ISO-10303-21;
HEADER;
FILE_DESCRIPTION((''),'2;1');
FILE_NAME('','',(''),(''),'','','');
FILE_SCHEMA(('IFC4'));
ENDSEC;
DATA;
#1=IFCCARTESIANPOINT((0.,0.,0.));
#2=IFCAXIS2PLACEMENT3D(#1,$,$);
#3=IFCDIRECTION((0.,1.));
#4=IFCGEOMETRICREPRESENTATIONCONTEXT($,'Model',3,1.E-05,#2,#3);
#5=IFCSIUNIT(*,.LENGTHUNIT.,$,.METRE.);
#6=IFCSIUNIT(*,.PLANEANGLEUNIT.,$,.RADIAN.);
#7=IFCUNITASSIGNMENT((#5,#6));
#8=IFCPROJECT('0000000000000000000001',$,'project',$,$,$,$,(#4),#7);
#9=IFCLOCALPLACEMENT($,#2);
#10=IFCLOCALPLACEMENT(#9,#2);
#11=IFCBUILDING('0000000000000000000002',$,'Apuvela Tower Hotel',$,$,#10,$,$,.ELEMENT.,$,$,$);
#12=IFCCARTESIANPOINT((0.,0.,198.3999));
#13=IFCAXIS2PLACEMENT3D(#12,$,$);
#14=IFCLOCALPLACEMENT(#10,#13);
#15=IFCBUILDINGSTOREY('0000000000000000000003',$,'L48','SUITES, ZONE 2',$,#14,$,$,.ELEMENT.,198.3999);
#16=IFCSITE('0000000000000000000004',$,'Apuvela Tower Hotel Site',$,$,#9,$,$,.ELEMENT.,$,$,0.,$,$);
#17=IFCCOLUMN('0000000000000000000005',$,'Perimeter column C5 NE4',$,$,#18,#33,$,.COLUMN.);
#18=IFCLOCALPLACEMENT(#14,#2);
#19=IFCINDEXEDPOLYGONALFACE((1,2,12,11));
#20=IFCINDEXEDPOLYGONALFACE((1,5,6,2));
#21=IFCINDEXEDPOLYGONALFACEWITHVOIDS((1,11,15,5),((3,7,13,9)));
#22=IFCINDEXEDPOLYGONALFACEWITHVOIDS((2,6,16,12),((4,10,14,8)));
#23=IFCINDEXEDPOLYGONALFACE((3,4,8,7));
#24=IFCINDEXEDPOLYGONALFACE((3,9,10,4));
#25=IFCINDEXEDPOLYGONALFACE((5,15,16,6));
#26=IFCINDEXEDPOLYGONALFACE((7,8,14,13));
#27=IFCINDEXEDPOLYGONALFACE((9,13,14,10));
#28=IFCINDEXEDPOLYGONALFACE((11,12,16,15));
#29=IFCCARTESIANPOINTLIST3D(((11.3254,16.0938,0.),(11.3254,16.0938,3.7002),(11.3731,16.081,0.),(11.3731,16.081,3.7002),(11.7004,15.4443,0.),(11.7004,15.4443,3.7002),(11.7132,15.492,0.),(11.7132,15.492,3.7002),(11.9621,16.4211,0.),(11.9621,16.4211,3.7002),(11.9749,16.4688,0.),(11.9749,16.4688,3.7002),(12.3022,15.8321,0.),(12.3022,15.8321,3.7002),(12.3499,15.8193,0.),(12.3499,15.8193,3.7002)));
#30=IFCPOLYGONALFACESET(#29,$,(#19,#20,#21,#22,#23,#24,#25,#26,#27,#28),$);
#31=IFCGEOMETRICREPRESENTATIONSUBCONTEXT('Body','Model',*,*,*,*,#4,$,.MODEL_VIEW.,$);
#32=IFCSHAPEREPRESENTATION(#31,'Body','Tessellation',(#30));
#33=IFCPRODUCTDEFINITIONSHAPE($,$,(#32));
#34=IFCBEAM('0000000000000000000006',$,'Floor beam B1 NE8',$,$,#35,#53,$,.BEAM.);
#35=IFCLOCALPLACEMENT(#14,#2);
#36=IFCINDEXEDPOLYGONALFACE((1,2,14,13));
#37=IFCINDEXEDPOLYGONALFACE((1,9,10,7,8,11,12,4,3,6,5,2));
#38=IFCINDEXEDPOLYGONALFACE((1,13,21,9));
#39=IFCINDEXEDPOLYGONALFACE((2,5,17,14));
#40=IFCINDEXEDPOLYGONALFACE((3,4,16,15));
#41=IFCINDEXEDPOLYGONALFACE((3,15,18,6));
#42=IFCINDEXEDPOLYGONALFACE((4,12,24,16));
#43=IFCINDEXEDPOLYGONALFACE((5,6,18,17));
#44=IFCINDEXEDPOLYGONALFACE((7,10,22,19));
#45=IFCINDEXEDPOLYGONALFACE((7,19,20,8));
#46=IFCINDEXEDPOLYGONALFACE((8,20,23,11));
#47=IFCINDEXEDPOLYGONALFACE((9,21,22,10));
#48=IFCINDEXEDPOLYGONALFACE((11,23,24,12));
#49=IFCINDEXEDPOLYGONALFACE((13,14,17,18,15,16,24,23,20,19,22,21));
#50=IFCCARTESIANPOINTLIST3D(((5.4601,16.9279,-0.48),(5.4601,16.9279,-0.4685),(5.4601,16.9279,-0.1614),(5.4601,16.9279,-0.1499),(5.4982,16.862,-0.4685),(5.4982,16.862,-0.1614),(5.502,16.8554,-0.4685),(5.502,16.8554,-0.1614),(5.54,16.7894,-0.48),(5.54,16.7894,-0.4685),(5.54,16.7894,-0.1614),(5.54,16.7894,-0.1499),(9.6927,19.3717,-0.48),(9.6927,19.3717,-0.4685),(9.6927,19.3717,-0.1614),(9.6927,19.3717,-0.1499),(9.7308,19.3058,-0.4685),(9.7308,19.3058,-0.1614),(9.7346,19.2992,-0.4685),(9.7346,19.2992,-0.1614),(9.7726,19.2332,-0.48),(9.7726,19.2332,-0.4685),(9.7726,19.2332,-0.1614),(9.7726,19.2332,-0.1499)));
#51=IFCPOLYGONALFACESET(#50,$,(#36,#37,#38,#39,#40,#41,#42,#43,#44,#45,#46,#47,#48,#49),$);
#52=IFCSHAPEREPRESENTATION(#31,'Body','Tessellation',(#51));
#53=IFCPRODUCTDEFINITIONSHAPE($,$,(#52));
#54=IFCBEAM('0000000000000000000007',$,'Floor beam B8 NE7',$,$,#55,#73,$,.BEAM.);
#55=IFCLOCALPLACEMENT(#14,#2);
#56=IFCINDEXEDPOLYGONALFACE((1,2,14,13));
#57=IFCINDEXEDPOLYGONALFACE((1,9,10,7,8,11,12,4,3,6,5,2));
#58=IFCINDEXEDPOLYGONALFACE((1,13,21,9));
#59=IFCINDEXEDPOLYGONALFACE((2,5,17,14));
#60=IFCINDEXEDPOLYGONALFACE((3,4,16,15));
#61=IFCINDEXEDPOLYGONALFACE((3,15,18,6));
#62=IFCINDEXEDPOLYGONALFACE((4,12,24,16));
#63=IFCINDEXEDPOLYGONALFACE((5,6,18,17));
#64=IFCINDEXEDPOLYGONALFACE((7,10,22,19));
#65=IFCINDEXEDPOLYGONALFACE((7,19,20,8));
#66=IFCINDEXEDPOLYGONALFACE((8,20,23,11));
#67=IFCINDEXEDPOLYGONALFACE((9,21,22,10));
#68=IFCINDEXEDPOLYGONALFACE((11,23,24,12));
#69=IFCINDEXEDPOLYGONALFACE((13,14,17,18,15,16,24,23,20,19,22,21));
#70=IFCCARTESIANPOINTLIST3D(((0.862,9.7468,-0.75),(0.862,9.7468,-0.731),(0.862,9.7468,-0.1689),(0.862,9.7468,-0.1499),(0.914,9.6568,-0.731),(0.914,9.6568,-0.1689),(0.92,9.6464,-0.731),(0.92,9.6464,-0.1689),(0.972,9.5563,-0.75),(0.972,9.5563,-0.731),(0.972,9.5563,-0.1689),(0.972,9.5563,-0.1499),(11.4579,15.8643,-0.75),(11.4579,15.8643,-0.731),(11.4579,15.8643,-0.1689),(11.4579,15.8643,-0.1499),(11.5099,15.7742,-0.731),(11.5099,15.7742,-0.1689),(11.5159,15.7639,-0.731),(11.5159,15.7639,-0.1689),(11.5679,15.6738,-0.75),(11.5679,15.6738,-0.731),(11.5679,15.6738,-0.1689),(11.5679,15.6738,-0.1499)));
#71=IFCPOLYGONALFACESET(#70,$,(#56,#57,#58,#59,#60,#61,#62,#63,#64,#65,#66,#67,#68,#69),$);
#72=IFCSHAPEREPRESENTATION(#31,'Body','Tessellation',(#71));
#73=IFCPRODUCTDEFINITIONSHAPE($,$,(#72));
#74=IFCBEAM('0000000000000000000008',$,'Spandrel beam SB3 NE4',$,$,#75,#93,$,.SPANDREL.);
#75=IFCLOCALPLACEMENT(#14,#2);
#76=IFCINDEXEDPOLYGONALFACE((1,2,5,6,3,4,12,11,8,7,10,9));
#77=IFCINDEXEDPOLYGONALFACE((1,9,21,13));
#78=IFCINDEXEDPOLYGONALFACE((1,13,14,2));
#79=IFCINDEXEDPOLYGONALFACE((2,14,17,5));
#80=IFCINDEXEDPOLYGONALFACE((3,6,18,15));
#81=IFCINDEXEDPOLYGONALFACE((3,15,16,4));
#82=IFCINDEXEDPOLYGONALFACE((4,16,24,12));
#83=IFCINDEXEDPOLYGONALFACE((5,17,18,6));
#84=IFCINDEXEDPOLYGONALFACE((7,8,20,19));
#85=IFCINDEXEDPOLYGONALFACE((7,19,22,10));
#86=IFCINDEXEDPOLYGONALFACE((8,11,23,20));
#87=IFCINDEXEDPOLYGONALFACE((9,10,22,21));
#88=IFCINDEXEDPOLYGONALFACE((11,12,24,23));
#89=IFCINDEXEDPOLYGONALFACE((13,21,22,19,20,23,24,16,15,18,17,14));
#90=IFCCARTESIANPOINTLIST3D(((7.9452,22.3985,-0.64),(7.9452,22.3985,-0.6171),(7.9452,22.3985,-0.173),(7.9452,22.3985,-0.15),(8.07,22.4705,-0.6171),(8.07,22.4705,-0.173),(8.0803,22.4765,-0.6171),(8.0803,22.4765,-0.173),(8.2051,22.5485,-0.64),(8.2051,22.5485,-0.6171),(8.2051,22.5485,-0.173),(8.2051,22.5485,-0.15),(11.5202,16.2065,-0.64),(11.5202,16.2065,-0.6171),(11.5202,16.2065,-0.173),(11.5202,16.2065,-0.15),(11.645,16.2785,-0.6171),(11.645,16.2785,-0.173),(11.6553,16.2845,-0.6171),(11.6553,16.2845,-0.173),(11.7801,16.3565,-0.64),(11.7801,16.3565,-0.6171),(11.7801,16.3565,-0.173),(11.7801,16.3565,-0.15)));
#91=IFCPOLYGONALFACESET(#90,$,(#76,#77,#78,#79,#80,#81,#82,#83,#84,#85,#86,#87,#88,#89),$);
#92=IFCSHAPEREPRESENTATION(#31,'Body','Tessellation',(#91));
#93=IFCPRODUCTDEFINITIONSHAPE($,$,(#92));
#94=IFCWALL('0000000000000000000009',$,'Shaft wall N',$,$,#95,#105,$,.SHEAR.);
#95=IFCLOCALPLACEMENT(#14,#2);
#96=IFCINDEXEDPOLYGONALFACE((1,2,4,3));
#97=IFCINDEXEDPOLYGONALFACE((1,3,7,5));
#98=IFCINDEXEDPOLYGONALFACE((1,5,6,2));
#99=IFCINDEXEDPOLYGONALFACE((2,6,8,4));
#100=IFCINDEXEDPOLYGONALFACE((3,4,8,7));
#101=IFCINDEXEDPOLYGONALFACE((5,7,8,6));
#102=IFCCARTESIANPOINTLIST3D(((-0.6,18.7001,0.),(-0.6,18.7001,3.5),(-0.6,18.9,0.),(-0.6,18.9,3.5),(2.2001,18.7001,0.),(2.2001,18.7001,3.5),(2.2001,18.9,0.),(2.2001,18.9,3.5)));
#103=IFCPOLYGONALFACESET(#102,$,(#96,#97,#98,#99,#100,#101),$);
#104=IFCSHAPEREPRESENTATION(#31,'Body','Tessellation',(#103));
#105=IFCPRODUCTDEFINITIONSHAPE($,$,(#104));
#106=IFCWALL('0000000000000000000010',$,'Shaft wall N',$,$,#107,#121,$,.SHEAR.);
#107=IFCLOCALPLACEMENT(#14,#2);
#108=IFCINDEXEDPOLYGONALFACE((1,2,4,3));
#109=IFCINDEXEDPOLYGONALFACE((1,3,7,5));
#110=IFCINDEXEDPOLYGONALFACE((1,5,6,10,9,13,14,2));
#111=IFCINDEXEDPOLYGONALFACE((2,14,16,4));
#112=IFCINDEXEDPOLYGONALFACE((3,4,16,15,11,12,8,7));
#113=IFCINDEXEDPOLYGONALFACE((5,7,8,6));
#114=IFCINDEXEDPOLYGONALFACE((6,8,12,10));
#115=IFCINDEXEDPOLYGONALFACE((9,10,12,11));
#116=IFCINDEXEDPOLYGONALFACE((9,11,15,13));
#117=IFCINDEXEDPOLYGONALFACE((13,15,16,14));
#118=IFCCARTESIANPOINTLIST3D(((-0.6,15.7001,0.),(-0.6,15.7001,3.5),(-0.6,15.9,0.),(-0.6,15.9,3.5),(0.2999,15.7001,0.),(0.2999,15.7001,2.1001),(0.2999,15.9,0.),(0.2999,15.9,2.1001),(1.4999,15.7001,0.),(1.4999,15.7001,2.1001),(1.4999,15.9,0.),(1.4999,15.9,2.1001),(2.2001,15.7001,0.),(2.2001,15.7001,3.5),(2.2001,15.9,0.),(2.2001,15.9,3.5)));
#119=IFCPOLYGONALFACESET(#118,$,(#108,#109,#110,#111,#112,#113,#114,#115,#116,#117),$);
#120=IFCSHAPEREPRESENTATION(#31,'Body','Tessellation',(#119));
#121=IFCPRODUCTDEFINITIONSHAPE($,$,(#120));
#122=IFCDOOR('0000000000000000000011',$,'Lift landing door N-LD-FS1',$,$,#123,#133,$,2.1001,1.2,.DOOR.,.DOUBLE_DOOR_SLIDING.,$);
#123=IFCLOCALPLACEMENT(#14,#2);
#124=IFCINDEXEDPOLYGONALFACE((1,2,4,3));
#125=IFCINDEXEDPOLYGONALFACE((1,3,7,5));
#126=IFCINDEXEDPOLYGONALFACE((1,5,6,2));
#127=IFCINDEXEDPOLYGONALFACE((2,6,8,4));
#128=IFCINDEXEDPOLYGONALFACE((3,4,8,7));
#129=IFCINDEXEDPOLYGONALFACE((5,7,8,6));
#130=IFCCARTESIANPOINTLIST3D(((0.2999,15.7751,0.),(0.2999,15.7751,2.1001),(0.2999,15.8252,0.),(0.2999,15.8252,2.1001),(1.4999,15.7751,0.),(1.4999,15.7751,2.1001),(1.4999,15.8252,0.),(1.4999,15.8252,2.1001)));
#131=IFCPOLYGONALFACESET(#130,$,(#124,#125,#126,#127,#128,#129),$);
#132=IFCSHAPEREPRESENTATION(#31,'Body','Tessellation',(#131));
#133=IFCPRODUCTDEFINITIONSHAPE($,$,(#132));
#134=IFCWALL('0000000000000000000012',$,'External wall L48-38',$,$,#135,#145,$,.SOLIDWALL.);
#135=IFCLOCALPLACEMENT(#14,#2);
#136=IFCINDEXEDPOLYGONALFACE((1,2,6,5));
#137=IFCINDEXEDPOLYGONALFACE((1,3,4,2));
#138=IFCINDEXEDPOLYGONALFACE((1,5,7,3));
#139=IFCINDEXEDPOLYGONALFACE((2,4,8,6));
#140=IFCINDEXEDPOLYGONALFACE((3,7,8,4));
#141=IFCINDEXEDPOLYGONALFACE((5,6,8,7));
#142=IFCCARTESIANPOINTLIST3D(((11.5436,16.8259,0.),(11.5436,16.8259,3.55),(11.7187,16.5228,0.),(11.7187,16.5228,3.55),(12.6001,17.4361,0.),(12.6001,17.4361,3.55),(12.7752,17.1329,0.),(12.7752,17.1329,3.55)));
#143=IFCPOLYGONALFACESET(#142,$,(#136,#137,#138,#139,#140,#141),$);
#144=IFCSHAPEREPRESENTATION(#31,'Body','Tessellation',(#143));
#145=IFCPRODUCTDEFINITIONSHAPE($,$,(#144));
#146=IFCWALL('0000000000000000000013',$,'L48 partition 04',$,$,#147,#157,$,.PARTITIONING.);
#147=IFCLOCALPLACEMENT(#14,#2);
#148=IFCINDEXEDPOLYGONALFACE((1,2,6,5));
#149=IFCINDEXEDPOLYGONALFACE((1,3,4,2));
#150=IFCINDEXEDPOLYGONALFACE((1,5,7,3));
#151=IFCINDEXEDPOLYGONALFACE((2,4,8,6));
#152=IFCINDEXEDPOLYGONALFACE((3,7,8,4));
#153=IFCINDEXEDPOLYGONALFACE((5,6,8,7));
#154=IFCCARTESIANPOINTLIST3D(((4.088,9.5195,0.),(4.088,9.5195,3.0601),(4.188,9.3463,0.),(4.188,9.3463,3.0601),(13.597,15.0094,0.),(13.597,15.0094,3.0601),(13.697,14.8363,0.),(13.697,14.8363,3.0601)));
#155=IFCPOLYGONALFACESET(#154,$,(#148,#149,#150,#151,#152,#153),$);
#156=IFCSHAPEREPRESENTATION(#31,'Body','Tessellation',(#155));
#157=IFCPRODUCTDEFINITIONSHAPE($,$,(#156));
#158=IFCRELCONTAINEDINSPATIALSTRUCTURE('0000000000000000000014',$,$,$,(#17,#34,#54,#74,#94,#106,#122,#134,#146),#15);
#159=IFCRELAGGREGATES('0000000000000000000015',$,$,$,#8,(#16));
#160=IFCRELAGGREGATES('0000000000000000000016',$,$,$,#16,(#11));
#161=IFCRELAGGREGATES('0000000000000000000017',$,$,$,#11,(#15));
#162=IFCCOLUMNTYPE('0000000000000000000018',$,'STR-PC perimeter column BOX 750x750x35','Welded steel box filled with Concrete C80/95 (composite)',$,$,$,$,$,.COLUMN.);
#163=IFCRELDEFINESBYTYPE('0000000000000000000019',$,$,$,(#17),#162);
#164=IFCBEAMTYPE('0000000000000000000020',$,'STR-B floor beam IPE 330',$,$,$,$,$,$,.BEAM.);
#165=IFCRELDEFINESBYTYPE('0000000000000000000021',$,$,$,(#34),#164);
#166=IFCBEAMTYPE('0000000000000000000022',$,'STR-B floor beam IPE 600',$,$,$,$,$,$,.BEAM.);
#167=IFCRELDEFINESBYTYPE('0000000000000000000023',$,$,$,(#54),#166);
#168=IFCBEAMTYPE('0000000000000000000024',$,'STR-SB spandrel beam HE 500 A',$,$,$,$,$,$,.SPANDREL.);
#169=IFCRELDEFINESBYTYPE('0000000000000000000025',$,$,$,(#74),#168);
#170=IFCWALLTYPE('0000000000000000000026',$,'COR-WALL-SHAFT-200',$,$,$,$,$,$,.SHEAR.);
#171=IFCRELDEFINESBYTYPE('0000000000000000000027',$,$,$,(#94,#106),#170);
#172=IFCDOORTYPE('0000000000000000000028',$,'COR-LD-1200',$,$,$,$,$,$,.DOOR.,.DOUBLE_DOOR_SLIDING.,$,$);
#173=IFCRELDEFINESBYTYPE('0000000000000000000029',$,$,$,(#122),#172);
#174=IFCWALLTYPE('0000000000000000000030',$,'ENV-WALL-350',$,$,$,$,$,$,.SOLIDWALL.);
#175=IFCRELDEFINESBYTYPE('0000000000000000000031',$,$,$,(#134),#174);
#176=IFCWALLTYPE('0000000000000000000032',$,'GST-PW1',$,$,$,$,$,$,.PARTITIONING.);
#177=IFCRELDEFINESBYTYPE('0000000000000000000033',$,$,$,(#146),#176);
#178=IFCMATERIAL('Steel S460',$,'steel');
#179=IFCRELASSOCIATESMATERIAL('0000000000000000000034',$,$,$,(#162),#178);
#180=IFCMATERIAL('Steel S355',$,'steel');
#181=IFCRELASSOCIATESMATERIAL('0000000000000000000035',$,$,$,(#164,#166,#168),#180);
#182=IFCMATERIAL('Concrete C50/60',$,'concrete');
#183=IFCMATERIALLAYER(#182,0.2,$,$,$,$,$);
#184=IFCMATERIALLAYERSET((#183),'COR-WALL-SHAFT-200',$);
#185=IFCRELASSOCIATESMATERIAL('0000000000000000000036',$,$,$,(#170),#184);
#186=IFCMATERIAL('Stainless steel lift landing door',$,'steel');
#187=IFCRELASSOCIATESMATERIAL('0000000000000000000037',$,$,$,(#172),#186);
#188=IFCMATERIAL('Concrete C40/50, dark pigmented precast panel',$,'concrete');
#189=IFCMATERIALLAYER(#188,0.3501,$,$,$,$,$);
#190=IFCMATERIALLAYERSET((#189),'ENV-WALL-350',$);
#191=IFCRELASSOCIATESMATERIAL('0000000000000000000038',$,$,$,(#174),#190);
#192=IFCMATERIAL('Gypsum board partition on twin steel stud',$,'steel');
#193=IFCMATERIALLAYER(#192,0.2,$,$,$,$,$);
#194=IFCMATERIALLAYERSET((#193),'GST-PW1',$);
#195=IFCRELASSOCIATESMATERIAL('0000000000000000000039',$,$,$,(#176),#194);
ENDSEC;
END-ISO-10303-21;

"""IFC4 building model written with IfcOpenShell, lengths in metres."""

from ifc_helpers import new_model, si_unit, direction, frame, frame_2d, origin, origin_2d, place, context, subcontext, project, spatial, rectangle, hollow_rectangle, i_section, extrude, material, layer, layer_set, material_profile, profile_set, type_object, element, fill, save


model = new_model("IFC4")

# Units and contexts
model_context = context("Model", 3, precision=1e-05, world=origin(), true_north=direction((0.0, 1.0)))
body_context = subcontext(model_context, "Body", "Model", "MODEL_VIEW")
ifc_project = project(units=[si_unit("LENGTHUNIT", "METRE"), si_unit("PLANEANGLEUNIT", "RADIAN")], contexts=[model_context])

# Site, building, storey
site_placement = place(None, origin())
site = spatial("IfcSite", under=ifc_project, at=site_placement, Name="Apuvela Tower Hotel Site", CompositionType="ELEMENT", RefElevation=0.0)
building_placement = place(site_placement, origin())
building = spatial("IfcBuilding", under=site, at=building_placement, Name="Apuvela Tower Hotel", CompositionType="ELEMENT")
storey_placement = place(building_placement, frame((0.0, 0.0, 198.3999)))
storey = spatial("IfcBuildingStorey", under=building, at=storey_placement, Name="L48", Description="SUITES, ZONE 2", CompositionType="ELEMENT", Elevation=198.3999)

# Column
ifc_material_1 = material(Name="Steel S460", Category="steel")
ifc_material_profile_1 = material_profile(ifc_material_1, hollow_rectangle(XDim=0.75, YDim=0.75, WallThickness=0.0349, at=origin_2d()), Name="BOX 750x750x35")
ifc_material_2 = material(Name="Concrete C80/95", Category="concrete")
ifc_material_profile_2 = material_profile(ifc_material_2, rectangle(XDim=0.6799, YDim=0.6799, at=origin_2d()), Name="Concrete C80/95 infill")
ifc_profile_set_1 = profile_set([ifc_material_profile_1, ifc_material_profile_2], Name="Steel S460")
column_type = type_object("IfcColumnType", Name="STR-PC perimeter column BOX 750x750x35", Description="Welded steel box filled with Concrete C80/95 (composite)", PredefinedType="COLUMN", material=ifc_profile_set_1)
column_placement = place(storey_placement, frame((11.8376, 15.9565, 0.0), z_axis=(0.0, 0.0, 1.0), x_axis=(-0.5, 0.866025, 0.0)))
element("IfcColumn", 1, at=column_placement, inside=storey, type_object=column_type, Name="Perimeter column C5 NE4", PredefinedType="COLUMN", context=body_context, shape_type="SweptSolid", body=[
    extrude(hollow_rectangle(XDim=0.75, YDim=0.75, WallThickness=0.0349, at=origin_2d()), origin(), (0.0, 0.0, 1.0), 3.7002),
])

# Beams
ifc_material_3 = material(Name="Steel S355", Category="steel")
ifc_material_profile_3 = material_profile(ifc_material_3, i_section(OverallWidth=0.1599, OverallDepth=0.3301, WebThickness=0.0076, FlangeThickness=0.0115, at=origin_2d()), Name="IPE 330")
ifc_profile_set_2 = profile_set([ifc_material_profile_3], Name="Steel S355")
beam_type_1 = type_object("IfcBeamType", Name="STR-B floor beam IPE 330", PredefinedType="BEAM", material=ifc_profile_set_2)
beam_1_placement = place(storey_placement, frame((9.7327, 19.3025, -0.3149), z_axis=(-0.866015, -0.500018, 0.0), x_axis=(0.500018, -0.866015, 0.0)))
element("IfcBeam", 2, at=beam_1_placement, inside=storey, type_object=beam_type_1, Name="Floor beam B1 NE8", PredefinedType="BEAM", context=body_context, shape_type="SweptSolid", body=[
    extrude(i_section(OverallWidth=0.1599, OverallDepth=0.3301, WebThickness=0.0076, FlangeThickness=0.0115, at=origin_2d()), origin(), (0.0, 0.0, 1.0), 4.8875),
])
ifc_material_profile_4 = material_profile(ifc_material_3, i_section(OverallWidth=0.22, OverallDepth=0.6001, WebThickness=0.012, FlangeThickness=0.019, at=origin_2d()), Name="IPE 600")
ifc_profile_set_3 = profile_set([ifc_material_profile_4], Name="Steel S355")
beam_type_2 = type_object("IfcBeamType", Name="STR-B floor beam IPE 600", PredefinedType="BEAM", material=ifc_profile_set_3)
beam_2_placement = place(storey_placement, frame((11.5129, 15.769, -0.45), z_axis=(-0.86603, -0.499991, 0.0), x_axis=(0.499991, -0.86603, 0.0)))
element("IfcBeam", 3, at=beam_2_placement, inside=storey, type_object=beam_type_2, Name="Floor beam B8 NE7", PredefinedType="BEAM", context=body_context, shape_type="SweptSolid", body=[
    extrude(i_section(OverallWidth=0.22, OverallDepth=0.6001, WebThickness=0.012, FlangeThickness=0.019, at=origin_2d()), origin(), (0.0, 0.0, 1.0), 12.2351),
])
ifc_material_profile_5 = material_profile(ifc_material_3, i_section(OverallWidth=0.3, OverallDepth=0.49, WebThickness=0.012, FlangeThickness=0.0229, at=origin_2d()), Name="HE 500 A")
ifc_profile_set_4 = profile_set([ifc_material_profile_5], Name="Steel S355")
beam_type_3 = type_object("IfcBeamType", Name="STR-SB spandrel beam HE 500 A", PredefinedType="SPANDREL", material=ifc_profile_set_4)
beam_3_placement = place(storey_placement, frame((11.6501, 16.2815, -0.395), z_axis=(-0.500006, 0.866022, 0.0), x_axis=(-0.866022, -0.500006, 0.0)))
element("IfcBeam", 4, at=beam_3_placement, inside=storey, type_object=beam_type_3, Name="Spandrel beam SB3 NE4", PredefinedType="SPANDREL", context=body_context, shape_type="SweptSolid", body=[
    extrude(i_section(OverallWidth=0.3, OverallDepth=0.49, WebThickness=0.012, FlangeThickness=0.0229, at=origin_2d()), origin(), (0.0, 0.0, 1.0), 7.1499),
])

# Wall
ifc_material_4 = material(Name="Concrete C50/60", Category="concrete")
ifc_layer_1 = layer(ifc_material_4, 0.2)
ifc_layer_set_1 = layer_set([ifc_layer_1], Name="COR-WALL-SHAFT-200")
wall_type_1 = type_object("IfcWallType", Name="COR-WALL-SHAFT-200", PredefinedType="SHEAR", material=ifc_layer_set_1)
wall_1_placement = place(storey_placement, frame((2.2, 18.8, 0.0), z_axis=(0.0, 0.0, 1.0), x_axis=(-1.0, 0.0, 0.0)))
element("IfcWall", 5, at=wall_1_placement, inside=storey, type_object=wall_type_1, Name="Shaft wall N", PredefinedType="SHEAR", context=body_context, shape_type="SweptSolid", body=[
    extrude(rectangle(XDim=2.8, YDim=0.2, at=frame_2d((1.3999, 0.0))), origin(), (0.0, 0.0, 1.0), 3.5),
])

# Wall, opening, door
wall_2_placement = place(storey_placement, frame((2.2, 15.8, 0.0), z_axis=(0.0, 0.0, 1.0), x_axis=(-1.0, 0.0, 0.0)))
wall_2 = element("IfcWall", 6, at=wall_2_placement, inside=storey, type_object=wall_type_1, Name="Shaft wall N", PredefinedType="SHEAR", context=body_context, shape_type="SweptSolid", body=[
    extrude(rectangle(XDim=2.8, YDim=0.2, at=frame_2d((1.3999, 0.0))), origin(), (0.0, 0.0, 1.0), 3.5),
])
opening_1_placement = place(wall_2_placement, frame((0.7, 0.0, 0.0)))
opening_1 = element("IfcOpeningElement", 7, at=opening_1_placement, cuts=wall_2, PredefinedType="OPENING", context=body_context, shape_type="SweptSolid", body=[
    extrude(rectangle(XDim=1.2, YDim=2.1001, at=frame_2d((0.6001, 1.05))), frame((0.0, 0.1099, 0.0), z_axis=(0.0, -1.0, 0.0), x_axis=(1.0, 0.0, 0.0)), (0.0, 0.0, 1.0), 0.22),
])
ifc_material_5 = material(Name="Stainless steel lift landing door", Category="steel")
door_type_1 = type_object("IfcDoorType", Name="COR-LD-1200", OperationType="DOUBLE_DOOR_SLIDING", PredefinedType="DOOR", material=ifc_material_5)
door_1_placement = place(opening_1_placement, origin())
door_1 = element("IfcDoor", 8, at=door_1_placement, inside=storey, type_object=door_type_1, Name="Lift landing door N-LD-FS1", OperationType="DOUBLE_DOOR_SLIDING", OverallHeight=2.1001, OverallWidth=1.2, PredefinedType="DOOR", context=body_context, shape_type="SweptSolid", body=[
    extrude(rectangle(XDim=1.2, YDim=2.1001, at=frame_2d((0.6001, 1.05))), frame((0.0, 0.0249, 0.0), z_axis=(0.0, -1.0, 0.0), x_axis=(1.0, 0.0, 0.0)), (0.0, 0.0, 1.0), 0.05),
])
fill(opening_1, door_1)

# Wall
ifc_material_6 = material(Name="Concrete C40/50, dark pigmented precast panel", Category="concrete")
ifc_layer_2 = layer(ifc_material_6, 0.3501)
ifc_layer_set_2 = layer_set([ifc_layer_2], Name="ENV-WALL-350")
wall_type_2 = type_object("IfcWallType", Name="ENV-WALL-350", PredefinedType="SOLIDWALL", material=ifc_layer_set_2)
wall_3_placement = place(storey_placement, frame((12.6875, 17.2844, 0.0), z_axis=(0.0, 0.0, 1.0), x_axis=(-0.865956, -0.500121, 0.0)))
element("IfcWall", 9, at=wall_3_placement, inside=storey, type_object=wall_type_2, Name="External wall L48-38", PredefinedType="SOLIDWALL", context=body_context, shape_type="SweptSolid", body=[
    extrude(rectangle(XDim=1.22, YDim=0.3501, at=frame_2d((0.6099, 0.0))), origin(), (0.0, 0.0, 1.0), 3.55),
])

# Wall
ifc_material_7 = material(Name="Gypsum board partition on twin steel stud", Category="steel")
ifc_layer_3 = layer(ifc_material_7, 0.2)
ifc_layer_set_3 = layer_set([ifc_layer_3], Name="GST-PW1")
wall_type_3 = type_object("IfcWallType", Name="GST-PW1", PredefinedType="PARTITIONING", material=ifc_layer_set_3)
wall_4_placement = place(storey_placement, frame((13.647, 14.9229, 0.0), z_axis=(0.0, 0.0, 1.0), x_axis=(-0.866027, -0.499996, 0.0)))
element("IfcWall", 10, at=wall_4_placement, inside=storey, type_object=wall_type_3, Name="L48 partition 04", PredefinedType="PARTITIONING", context=body_context, shape_type="SweptSolid", body=[
    extrude(rectangle(XDim=10.98, YDim=0.2, at=frame_2d((5.49, 0.0))), origin(), (0.0, 0.0, 1.0), 3.0601),
])

save(model, "model.ifc")
